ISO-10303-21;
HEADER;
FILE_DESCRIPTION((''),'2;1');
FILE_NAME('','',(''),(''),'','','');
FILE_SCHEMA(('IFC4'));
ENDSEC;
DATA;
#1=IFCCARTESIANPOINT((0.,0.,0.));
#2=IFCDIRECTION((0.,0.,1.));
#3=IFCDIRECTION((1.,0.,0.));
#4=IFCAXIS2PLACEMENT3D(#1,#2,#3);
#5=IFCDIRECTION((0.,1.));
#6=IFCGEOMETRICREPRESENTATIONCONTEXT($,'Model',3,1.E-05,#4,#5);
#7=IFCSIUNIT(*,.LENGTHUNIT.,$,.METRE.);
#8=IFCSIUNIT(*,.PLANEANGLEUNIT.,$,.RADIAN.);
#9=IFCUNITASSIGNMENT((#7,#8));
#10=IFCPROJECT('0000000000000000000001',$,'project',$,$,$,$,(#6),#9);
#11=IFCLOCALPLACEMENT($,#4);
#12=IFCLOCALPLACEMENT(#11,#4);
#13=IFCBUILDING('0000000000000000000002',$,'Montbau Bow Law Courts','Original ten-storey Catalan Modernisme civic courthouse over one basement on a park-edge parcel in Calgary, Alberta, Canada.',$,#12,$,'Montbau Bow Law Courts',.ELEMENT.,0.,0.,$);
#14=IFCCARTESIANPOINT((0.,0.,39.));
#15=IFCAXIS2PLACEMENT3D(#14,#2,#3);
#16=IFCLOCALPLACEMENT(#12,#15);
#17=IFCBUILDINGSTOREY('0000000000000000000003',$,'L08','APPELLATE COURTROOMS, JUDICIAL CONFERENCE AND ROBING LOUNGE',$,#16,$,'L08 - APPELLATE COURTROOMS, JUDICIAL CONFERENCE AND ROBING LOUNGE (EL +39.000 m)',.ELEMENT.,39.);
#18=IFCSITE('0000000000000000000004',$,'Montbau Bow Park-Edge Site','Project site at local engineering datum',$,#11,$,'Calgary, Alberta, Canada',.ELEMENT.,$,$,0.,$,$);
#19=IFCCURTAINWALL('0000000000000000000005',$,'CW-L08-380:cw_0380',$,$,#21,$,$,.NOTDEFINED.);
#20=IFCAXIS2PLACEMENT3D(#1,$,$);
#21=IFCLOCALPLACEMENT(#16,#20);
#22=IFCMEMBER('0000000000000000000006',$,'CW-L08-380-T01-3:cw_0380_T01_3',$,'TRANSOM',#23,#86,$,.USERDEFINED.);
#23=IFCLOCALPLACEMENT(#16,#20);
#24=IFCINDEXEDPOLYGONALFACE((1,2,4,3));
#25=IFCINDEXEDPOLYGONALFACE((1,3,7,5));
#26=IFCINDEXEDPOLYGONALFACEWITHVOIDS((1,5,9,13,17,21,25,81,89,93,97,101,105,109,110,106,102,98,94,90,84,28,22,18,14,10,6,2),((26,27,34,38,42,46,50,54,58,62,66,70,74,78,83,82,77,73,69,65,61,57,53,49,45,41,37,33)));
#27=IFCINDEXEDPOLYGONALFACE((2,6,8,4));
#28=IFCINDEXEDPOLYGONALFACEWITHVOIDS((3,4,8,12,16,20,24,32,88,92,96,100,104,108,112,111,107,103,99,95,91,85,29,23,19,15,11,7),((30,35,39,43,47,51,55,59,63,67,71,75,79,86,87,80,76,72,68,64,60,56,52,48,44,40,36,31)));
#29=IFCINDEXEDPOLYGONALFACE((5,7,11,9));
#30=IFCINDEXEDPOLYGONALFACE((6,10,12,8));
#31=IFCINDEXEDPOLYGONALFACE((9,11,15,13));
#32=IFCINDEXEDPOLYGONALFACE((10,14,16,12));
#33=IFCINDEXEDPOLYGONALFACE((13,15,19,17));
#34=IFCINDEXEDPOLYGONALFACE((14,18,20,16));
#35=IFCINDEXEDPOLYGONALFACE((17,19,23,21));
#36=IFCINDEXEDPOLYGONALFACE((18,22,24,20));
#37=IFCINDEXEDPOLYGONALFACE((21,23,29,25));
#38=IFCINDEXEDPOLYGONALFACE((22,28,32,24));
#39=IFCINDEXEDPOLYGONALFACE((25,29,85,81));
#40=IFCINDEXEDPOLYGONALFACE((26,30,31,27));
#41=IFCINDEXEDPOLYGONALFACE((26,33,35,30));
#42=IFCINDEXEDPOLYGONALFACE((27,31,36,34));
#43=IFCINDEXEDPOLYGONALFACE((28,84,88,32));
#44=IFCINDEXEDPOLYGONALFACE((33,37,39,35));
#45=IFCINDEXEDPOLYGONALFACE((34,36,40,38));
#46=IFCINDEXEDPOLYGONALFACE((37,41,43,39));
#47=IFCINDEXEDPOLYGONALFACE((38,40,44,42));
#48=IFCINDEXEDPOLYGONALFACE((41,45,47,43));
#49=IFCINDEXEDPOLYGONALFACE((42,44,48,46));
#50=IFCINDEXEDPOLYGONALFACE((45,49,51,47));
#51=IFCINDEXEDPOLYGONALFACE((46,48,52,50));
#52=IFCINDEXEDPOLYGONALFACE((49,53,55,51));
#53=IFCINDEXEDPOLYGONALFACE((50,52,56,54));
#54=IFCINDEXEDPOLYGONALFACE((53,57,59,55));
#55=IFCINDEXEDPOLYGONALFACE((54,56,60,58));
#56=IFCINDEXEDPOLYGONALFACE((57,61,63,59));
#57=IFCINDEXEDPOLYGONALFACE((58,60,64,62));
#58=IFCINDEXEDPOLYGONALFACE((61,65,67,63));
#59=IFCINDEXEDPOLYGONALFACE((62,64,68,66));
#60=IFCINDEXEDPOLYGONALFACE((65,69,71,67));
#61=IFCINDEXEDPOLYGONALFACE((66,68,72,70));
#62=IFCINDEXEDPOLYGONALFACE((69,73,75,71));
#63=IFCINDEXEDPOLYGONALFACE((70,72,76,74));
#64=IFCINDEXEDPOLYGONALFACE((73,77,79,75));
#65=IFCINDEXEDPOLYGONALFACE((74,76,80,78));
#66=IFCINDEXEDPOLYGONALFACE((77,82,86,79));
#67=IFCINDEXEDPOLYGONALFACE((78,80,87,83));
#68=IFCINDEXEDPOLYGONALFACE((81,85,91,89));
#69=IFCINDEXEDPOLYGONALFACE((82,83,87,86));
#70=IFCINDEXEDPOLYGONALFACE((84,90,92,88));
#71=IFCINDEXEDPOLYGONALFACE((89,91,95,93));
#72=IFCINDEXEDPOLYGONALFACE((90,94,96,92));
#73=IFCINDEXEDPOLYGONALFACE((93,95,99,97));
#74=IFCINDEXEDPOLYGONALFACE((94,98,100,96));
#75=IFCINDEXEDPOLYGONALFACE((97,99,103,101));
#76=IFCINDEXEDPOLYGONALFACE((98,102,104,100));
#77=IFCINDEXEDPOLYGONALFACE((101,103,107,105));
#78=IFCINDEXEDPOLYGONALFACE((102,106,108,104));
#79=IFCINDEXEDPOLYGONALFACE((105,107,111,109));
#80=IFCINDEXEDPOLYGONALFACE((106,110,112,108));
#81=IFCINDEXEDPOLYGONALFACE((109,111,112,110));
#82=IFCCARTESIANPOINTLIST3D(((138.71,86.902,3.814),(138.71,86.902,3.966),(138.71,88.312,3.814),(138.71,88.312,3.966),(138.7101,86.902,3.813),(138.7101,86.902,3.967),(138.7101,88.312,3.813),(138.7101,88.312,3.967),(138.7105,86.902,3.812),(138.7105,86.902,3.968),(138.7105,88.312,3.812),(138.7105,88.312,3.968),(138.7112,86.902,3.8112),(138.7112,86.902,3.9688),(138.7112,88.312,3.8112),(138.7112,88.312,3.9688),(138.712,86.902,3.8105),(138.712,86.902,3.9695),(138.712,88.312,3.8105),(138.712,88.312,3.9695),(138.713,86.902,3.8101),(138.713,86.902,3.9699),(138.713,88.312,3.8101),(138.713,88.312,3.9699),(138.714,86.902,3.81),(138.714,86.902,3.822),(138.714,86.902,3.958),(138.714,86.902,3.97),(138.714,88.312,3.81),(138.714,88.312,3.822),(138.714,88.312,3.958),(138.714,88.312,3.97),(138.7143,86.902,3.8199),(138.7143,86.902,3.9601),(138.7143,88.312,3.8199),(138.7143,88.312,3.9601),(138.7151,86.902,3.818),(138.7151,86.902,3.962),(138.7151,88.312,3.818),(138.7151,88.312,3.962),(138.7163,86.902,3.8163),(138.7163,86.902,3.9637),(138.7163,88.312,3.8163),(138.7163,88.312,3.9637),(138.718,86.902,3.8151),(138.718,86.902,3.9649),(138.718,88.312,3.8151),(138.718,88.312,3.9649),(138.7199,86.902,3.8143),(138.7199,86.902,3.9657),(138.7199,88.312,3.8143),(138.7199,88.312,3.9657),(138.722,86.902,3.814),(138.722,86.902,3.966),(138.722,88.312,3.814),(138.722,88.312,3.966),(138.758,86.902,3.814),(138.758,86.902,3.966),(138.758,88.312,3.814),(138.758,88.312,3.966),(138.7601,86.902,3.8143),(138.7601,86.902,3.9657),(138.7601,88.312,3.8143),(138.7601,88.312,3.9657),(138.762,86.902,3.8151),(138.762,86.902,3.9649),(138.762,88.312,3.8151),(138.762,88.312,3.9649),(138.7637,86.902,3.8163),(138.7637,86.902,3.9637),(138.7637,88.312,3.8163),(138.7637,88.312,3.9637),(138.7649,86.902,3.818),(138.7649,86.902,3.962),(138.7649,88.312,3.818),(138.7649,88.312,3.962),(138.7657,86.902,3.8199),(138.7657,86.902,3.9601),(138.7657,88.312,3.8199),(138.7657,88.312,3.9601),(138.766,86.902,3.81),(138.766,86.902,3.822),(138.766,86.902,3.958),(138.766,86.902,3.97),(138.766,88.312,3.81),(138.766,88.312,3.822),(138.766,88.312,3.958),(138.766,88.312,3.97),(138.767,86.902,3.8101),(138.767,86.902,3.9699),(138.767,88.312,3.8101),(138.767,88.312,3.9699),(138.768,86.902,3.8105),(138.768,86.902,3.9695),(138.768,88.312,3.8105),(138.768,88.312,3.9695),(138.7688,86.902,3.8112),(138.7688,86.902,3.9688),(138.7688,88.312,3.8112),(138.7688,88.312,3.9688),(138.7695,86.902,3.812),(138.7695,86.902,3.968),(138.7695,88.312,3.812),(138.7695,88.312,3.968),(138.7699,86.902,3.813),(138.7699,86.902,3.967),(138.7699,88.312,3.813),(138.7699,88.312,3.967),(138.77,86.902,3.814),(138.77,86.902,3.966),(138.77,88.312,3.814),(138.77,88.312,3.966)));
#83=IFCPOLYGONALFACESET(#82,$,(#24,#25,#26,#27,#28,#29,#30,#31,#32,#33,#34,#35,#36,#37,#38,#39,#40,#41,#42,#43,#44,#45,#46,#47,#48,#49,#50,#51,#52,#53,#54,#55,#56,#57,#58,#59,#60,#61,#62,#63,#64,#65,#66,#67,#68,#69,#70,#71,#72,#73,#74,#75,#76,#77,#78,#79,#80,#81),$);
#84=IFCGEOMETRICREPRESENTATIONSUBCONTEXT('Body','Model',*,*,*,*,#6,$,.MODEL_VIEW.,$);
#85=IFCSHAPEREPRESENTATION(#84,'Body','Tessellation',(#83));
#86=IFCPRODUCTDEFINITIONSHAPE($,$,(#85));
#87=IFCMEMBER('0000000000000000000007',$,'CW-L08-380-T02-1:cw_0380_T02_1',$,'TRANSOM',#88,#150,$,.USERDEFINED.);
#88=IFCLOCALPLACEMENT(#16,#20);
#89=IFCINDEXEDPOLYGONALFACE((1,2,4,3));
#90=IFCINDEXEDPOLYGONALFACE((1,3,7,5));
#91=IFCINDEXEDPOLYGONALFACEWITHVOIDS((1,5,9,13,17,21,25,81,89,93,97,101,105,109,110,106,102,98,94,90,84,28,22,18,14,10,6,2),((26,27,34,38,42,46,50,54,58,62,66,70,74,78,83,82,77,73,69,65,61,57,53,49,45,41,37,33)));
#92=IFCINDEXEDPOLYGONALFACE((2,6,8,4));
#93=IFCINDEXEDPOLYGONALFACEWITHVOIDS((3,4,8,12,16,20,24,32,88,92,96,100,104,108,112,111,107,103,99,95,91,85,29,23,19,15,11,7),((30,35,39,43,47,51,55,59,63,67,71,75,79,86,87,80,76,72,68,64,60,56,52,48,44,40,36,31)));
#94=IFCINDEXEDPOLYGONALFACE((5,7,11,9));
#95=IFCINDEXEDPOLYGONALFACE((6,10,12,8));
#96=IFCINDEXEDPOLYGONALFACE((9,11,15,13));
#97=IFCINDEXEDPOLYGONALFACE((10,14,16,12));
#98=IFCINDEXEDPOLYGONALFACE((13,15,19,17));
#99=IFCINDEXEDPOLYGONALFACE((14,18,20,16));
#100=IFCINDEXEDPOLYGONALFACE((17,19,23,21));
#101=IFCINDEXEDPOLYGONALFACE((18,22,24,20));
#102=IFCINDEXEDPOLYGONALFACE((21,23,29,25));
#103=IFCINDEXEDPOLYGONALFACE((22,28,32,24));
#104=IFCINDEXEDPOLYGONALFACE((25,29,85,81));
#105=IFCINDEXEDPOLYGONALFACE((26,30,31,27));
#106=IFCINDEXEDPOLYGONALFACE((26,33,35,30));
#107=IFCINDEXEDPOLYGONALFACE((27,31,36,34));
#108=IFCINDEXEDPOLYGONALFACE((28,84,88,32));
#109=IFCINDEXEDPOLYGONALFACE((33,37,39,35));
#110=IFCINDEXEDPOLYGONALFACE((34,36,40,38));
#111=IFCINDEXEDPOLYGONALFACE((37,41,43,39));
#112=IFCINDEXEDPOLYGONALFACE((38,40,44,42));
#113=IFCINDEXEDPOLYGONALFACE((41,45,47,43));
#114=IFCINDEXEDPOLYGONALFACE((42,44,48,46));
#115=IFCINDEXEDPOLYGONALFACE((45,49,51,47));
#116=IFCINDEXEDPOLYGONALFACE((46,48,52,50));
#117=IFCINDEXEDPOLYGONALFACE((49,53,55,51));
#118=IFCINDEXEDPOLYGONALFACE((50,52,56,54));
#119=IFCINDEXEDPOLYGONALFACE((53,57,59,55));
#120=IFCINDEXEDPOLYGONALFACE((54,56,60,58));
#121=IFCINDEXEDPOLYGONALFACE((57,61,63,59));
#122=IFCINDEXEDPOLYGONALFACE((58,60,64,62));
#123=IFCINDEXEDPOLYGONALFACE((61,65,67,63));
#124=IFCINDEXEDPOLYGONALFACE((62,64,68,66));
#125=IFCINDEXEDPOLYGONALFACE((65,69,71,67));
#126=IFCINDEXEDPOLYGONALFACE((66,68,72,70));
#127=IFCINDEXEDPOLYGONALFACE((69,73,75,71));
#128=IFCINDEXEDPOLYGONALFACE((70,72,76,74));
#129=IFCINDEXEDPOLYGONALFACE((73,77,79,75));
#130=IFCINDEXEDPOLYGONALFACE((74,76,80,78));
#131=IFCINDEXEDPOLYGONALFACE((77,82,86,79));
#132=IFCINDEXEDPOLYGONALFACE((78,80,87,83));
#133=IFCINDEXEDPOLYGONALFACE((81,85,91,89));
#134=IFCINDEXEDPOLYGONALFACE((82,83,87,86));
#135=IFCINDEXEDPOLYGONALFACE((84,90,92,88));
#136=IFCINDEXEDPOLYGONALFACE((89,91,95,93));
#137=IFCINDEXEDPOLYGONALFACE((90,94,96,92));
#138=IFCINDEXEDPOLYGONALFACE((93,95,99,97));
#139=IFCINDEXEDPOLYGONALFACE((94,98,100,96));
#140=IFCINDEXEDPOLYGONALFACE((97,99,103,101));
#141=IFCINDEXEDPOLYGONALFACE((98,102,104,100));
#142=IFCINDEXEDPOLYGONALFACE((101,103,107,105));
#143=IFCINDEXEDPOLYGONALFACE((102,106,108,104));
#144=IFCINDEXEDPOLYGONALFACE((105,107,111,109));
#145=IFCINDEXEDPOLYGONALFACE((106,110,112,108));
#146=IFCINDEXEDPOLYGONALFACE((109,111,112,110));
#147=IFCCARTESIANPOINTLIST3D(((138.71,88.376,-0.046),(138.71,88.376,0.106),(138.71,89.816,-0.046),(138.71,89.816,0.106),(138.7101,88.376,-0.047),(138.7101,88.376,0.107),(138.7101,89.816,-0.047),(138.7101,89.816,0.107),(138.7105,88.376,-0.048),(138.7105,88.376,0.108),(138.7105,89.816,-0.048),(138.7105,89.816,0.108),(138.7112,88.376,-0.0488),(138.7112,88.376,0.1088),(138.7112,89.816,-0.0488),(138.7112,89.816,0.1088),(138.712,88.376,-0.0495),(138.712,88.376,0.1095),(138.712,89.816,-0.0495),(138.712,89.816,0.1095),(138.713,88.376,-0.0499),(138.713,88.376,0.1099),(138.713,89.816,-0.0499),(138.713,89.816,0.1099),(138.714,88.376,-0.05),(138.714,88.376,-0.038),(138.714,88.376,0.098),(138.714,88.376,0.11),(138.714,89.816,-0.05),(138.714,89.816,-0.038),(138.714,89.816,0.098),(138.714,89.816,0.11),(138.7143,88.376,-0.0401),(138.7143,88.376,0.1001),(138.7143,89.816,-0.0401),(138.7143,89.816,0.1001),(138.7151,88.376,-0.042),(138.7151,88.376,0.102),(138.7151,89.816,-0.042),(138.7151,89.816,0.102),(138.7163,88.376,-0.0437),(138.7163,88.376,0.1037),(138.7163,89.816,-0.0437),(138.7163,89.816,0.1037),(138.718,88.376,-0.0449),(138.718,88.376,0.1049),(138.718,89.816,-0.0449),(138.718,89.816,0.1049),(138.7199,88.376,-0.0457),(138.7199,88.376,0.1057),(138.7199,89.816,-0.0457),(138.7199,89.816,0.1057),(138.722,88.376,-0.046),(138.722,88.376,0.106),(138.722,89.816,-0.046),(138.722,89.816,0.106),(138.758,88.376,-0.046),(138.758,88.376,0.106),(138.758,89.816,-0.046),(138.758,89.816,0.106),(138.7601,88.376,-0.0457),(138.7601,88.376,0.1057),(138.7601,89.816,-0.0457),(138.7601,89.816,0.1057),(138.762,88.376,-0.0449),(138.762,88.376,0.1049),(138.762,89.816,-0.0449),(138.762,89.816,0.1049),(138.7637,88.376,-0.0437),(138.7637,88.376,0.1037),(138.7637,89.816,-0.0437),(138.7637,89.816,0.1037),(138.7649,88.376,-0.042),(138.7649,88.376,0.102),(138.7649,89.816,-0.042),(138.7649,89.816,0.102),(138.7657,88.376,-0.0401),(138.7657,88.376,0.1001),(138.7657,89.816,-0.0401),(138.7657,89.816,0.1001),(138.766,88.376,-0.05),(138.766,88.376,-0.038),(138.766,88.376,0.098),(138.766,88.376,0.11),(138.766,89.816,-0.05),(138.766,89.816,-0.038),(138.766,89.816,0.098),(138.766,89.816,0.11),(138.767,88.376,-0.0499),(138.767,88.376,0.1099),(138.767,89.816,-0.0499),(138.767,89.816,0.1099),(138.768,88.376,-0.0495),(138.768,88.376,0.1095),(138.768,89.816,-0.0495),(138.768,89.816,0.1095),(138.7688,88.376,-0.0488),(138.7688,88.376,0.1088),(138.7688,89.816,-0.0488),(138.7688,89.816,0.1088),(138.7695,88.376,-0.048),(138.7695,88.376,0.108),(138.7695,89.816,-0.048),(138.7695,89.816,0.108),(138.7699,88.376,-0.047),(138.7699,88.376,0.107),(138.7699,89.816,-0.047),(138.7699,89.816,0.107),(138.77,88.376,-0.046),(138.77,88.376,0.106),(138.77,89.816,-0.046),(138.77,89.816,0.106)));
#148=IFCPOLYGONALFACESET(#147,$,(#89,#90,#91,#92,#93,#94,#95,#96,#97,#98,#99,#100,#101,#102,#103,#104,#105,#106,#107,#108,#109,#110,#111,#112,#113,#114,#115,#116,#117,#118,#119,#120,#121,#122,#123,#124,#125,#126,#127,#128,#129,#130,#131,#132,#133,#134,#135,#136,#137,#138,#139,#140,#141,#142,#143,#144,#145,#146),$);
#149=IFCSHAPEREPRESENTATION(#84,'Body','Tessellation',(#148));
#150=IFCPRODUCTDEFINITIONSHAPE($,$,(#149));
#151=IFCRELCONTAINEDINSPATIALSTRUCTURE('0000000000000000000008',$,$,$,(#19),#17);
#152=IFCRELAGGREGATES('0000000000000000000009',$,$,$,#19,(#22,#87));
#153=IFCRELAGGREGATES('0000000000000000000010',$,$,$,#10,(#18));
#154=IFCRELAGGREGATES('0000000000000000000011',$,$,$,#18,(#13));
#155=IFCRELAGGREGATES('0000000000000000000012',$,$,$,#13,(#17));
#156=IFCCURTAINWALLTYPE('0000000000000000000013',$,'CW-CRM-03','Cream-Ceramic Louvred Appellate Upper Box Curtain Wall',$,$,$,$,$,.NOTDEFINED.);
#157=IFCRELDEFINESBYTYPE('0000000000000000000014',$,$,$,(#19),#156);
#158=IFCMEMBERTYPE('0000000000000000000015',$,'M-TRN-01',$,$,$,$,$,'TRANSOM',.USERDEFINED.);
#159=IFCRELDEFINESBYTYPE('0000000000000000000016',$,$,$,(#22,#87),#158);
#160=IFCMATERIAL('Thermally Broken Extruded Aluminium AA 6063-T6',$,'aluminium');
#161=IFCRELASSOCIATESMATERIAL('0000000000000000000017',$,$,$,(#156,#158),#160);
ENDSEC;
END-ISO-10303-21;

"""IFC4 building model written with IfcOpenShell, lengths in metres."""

from ifc_helpers import new_model, si_unit, direction, frame, origin_with_axes, origin_2d_with_axis, place, context, subcontext, project, spatial, hollow_rectangle, extrude, material, material_profile, profile_set, type_object, element, aggregate, save


model = new_model("IFC4")

# Units and contexts
model_context = context("Model", 3, precision=1e-05, world=origin_with_axes(), true_north=direction((0.0, 1.0)))
body_context = subcontext(model_context, "Body", "Model", "MODEL_VIEW")
ifc_project = project(units=[si_unit("LENGTHUNIT", "METRE"), si_unit("PLANEANGLEUNIT", "RADIAN")], contexts=[model_context])

# Site, building, storey
site_placement = place(None, origin_with_axes())
site = spatial("IfcSite", under=ifc_project, at=site_placement, Name="Montbau Bow Park-Edge Site", Description="Project site at local engineering datum", LongName="Calgary, Alberta, Canada", CompositionType="ELEMENT", RefElevation=0.0)
building_placement = place(site_placement, origin_with_axes())
building = spatial("IfcBuilding", under=site, at=building_placement, Name="Montbau Bow Law Courts", Description="Original ten-storey Catalan Modernisme civic courthouse over one basement on a park-edge parcel in Calgary, Alberta, Canada.", LongName="Montbau Bow Law Courts", CompositionType="ELEMENT", ElevationOfRefHeight=0.0, ElevationOfTerrain=0.0)
storey_placement = place(building_placement, frame((0.0, 0.0, 39.0), z_axis=(0.0, 0.0, 1.0), x_axis=(1.0, 0.0, 0.0)))
storey = spatial("IfcBuildingStorey", under=building, at=storey_placement, Name="L08", Description="APPELLATE COURTROOMS, JUDICIAL CONFERENCE AND ROBING LOUNGE", LongName="L08 - APPELLATE COURTROOMS, JUDICIAL CONFERENCE AND ROBING LOUNGE (EL +39.000 m)", CompositionType="ELEMENT", Elevation=39.0)

# Curtain wall
ifc_material_1 = material(Name="Thermally Broken Extruded Aluminium AA 6063-T6", Category="aluminium")
curtain_wall_type = type_object("IfcCurtainWallType", Name="CW-CRM-03", Description="Cream-Ceramic Louvred Appellate Upper Box Curtain Wall", PredefinedType="NOTDEFINED", material=ifc_material_1)
curtain_wall_1_placement = place(None, frame((138.74, 86.84, 39.0), z_axis=(0.0, 0.0, 1.0), x_axis=(1.0, 0.0, 0.0)))
curtain_wall_1 = element("IfcCurtainWall", 1, at=curtain_wall_1_placement, inside=storey, type_object=curtain_wall_type, Name="CW-L08-380:cw_0380", PredefinedType="NOTDEFINED")
ifc_material_profile_1 = material_profile(ifc_material_1, hollow_rectangle(XDim=0.06, YDim=0.16, WallThickness=0.004, InnerFilletRadius=0.008, OuterFilletRadius=0.004, at=origin_2d_with_axis()), Name="CWT-160X60", Category="Main", Priority=0)
ifc_profile_set_1 = profile_set([ifc_material_profile_1], Name="Thermally Broken Extruded Aluminium AA 6063-T6")
member_type_1 = type_object("IfcMemberType", Name="M-TRN-01", ElementType="TRANSOM", PredefinedType="USERDEFINED", material=ifc_profile_set_1)

# Members
member_1_placement = place(None, frame((138.74, 86.902, 42.89), z_axis=(0.0, 1.0, 0.0), x_axis=(-1.0, 0.0, 0.0)))
member_1 = element("IfcMember", 2, at=member_1_placement, type_object=member_type_1, Name="CW-L08-380-T01-3:cw_0380_T01_3", ObjectType="TRANSOM", PredefinedType="USERDEFINED", context=body_context, shape_type="SweptSolid", body=[
    extrude(hollow_rectangle(XDim=0.06, YDim=0.16, WallThickness=0.004, InnerFilletRadius=0.008, OuterFilletRadius=0.004, at=origin_2d_with_axis()), origin_with_axes(), (0.0, 0.0, 1.0), 1.41),
])
member_2_placement = place(None, frame((138.74, 88.376, 39.03), z_axis=(0.0, 1.0, 0.0), x_axis=(-1.0, 0.0, 0.0)))
member_2 = element("IfcMember", 3, at=member_2_placement, type_object=member_type_1, Name="CW-L08-380-T02-1:cw_0380_T02_1", ObjectType="TRANSOM", PredefinedType="USERDEFINED", context=body_context, shape_type="SweptSolid", body=[
    extrude(hollow_rectangle(XDim=0.06, YDim=0.16, WallThickness=0.004, InnerFilletRadius=0.008, OuterFilletRadius=0.004, at=origin_2d_with_axis()), origin_with_axes(), (0.0, 0.0, 1.0), 1.44),
])

aggregate(curtain_wall_1, [member_1, member_2])

save(model, "model.ifc")
